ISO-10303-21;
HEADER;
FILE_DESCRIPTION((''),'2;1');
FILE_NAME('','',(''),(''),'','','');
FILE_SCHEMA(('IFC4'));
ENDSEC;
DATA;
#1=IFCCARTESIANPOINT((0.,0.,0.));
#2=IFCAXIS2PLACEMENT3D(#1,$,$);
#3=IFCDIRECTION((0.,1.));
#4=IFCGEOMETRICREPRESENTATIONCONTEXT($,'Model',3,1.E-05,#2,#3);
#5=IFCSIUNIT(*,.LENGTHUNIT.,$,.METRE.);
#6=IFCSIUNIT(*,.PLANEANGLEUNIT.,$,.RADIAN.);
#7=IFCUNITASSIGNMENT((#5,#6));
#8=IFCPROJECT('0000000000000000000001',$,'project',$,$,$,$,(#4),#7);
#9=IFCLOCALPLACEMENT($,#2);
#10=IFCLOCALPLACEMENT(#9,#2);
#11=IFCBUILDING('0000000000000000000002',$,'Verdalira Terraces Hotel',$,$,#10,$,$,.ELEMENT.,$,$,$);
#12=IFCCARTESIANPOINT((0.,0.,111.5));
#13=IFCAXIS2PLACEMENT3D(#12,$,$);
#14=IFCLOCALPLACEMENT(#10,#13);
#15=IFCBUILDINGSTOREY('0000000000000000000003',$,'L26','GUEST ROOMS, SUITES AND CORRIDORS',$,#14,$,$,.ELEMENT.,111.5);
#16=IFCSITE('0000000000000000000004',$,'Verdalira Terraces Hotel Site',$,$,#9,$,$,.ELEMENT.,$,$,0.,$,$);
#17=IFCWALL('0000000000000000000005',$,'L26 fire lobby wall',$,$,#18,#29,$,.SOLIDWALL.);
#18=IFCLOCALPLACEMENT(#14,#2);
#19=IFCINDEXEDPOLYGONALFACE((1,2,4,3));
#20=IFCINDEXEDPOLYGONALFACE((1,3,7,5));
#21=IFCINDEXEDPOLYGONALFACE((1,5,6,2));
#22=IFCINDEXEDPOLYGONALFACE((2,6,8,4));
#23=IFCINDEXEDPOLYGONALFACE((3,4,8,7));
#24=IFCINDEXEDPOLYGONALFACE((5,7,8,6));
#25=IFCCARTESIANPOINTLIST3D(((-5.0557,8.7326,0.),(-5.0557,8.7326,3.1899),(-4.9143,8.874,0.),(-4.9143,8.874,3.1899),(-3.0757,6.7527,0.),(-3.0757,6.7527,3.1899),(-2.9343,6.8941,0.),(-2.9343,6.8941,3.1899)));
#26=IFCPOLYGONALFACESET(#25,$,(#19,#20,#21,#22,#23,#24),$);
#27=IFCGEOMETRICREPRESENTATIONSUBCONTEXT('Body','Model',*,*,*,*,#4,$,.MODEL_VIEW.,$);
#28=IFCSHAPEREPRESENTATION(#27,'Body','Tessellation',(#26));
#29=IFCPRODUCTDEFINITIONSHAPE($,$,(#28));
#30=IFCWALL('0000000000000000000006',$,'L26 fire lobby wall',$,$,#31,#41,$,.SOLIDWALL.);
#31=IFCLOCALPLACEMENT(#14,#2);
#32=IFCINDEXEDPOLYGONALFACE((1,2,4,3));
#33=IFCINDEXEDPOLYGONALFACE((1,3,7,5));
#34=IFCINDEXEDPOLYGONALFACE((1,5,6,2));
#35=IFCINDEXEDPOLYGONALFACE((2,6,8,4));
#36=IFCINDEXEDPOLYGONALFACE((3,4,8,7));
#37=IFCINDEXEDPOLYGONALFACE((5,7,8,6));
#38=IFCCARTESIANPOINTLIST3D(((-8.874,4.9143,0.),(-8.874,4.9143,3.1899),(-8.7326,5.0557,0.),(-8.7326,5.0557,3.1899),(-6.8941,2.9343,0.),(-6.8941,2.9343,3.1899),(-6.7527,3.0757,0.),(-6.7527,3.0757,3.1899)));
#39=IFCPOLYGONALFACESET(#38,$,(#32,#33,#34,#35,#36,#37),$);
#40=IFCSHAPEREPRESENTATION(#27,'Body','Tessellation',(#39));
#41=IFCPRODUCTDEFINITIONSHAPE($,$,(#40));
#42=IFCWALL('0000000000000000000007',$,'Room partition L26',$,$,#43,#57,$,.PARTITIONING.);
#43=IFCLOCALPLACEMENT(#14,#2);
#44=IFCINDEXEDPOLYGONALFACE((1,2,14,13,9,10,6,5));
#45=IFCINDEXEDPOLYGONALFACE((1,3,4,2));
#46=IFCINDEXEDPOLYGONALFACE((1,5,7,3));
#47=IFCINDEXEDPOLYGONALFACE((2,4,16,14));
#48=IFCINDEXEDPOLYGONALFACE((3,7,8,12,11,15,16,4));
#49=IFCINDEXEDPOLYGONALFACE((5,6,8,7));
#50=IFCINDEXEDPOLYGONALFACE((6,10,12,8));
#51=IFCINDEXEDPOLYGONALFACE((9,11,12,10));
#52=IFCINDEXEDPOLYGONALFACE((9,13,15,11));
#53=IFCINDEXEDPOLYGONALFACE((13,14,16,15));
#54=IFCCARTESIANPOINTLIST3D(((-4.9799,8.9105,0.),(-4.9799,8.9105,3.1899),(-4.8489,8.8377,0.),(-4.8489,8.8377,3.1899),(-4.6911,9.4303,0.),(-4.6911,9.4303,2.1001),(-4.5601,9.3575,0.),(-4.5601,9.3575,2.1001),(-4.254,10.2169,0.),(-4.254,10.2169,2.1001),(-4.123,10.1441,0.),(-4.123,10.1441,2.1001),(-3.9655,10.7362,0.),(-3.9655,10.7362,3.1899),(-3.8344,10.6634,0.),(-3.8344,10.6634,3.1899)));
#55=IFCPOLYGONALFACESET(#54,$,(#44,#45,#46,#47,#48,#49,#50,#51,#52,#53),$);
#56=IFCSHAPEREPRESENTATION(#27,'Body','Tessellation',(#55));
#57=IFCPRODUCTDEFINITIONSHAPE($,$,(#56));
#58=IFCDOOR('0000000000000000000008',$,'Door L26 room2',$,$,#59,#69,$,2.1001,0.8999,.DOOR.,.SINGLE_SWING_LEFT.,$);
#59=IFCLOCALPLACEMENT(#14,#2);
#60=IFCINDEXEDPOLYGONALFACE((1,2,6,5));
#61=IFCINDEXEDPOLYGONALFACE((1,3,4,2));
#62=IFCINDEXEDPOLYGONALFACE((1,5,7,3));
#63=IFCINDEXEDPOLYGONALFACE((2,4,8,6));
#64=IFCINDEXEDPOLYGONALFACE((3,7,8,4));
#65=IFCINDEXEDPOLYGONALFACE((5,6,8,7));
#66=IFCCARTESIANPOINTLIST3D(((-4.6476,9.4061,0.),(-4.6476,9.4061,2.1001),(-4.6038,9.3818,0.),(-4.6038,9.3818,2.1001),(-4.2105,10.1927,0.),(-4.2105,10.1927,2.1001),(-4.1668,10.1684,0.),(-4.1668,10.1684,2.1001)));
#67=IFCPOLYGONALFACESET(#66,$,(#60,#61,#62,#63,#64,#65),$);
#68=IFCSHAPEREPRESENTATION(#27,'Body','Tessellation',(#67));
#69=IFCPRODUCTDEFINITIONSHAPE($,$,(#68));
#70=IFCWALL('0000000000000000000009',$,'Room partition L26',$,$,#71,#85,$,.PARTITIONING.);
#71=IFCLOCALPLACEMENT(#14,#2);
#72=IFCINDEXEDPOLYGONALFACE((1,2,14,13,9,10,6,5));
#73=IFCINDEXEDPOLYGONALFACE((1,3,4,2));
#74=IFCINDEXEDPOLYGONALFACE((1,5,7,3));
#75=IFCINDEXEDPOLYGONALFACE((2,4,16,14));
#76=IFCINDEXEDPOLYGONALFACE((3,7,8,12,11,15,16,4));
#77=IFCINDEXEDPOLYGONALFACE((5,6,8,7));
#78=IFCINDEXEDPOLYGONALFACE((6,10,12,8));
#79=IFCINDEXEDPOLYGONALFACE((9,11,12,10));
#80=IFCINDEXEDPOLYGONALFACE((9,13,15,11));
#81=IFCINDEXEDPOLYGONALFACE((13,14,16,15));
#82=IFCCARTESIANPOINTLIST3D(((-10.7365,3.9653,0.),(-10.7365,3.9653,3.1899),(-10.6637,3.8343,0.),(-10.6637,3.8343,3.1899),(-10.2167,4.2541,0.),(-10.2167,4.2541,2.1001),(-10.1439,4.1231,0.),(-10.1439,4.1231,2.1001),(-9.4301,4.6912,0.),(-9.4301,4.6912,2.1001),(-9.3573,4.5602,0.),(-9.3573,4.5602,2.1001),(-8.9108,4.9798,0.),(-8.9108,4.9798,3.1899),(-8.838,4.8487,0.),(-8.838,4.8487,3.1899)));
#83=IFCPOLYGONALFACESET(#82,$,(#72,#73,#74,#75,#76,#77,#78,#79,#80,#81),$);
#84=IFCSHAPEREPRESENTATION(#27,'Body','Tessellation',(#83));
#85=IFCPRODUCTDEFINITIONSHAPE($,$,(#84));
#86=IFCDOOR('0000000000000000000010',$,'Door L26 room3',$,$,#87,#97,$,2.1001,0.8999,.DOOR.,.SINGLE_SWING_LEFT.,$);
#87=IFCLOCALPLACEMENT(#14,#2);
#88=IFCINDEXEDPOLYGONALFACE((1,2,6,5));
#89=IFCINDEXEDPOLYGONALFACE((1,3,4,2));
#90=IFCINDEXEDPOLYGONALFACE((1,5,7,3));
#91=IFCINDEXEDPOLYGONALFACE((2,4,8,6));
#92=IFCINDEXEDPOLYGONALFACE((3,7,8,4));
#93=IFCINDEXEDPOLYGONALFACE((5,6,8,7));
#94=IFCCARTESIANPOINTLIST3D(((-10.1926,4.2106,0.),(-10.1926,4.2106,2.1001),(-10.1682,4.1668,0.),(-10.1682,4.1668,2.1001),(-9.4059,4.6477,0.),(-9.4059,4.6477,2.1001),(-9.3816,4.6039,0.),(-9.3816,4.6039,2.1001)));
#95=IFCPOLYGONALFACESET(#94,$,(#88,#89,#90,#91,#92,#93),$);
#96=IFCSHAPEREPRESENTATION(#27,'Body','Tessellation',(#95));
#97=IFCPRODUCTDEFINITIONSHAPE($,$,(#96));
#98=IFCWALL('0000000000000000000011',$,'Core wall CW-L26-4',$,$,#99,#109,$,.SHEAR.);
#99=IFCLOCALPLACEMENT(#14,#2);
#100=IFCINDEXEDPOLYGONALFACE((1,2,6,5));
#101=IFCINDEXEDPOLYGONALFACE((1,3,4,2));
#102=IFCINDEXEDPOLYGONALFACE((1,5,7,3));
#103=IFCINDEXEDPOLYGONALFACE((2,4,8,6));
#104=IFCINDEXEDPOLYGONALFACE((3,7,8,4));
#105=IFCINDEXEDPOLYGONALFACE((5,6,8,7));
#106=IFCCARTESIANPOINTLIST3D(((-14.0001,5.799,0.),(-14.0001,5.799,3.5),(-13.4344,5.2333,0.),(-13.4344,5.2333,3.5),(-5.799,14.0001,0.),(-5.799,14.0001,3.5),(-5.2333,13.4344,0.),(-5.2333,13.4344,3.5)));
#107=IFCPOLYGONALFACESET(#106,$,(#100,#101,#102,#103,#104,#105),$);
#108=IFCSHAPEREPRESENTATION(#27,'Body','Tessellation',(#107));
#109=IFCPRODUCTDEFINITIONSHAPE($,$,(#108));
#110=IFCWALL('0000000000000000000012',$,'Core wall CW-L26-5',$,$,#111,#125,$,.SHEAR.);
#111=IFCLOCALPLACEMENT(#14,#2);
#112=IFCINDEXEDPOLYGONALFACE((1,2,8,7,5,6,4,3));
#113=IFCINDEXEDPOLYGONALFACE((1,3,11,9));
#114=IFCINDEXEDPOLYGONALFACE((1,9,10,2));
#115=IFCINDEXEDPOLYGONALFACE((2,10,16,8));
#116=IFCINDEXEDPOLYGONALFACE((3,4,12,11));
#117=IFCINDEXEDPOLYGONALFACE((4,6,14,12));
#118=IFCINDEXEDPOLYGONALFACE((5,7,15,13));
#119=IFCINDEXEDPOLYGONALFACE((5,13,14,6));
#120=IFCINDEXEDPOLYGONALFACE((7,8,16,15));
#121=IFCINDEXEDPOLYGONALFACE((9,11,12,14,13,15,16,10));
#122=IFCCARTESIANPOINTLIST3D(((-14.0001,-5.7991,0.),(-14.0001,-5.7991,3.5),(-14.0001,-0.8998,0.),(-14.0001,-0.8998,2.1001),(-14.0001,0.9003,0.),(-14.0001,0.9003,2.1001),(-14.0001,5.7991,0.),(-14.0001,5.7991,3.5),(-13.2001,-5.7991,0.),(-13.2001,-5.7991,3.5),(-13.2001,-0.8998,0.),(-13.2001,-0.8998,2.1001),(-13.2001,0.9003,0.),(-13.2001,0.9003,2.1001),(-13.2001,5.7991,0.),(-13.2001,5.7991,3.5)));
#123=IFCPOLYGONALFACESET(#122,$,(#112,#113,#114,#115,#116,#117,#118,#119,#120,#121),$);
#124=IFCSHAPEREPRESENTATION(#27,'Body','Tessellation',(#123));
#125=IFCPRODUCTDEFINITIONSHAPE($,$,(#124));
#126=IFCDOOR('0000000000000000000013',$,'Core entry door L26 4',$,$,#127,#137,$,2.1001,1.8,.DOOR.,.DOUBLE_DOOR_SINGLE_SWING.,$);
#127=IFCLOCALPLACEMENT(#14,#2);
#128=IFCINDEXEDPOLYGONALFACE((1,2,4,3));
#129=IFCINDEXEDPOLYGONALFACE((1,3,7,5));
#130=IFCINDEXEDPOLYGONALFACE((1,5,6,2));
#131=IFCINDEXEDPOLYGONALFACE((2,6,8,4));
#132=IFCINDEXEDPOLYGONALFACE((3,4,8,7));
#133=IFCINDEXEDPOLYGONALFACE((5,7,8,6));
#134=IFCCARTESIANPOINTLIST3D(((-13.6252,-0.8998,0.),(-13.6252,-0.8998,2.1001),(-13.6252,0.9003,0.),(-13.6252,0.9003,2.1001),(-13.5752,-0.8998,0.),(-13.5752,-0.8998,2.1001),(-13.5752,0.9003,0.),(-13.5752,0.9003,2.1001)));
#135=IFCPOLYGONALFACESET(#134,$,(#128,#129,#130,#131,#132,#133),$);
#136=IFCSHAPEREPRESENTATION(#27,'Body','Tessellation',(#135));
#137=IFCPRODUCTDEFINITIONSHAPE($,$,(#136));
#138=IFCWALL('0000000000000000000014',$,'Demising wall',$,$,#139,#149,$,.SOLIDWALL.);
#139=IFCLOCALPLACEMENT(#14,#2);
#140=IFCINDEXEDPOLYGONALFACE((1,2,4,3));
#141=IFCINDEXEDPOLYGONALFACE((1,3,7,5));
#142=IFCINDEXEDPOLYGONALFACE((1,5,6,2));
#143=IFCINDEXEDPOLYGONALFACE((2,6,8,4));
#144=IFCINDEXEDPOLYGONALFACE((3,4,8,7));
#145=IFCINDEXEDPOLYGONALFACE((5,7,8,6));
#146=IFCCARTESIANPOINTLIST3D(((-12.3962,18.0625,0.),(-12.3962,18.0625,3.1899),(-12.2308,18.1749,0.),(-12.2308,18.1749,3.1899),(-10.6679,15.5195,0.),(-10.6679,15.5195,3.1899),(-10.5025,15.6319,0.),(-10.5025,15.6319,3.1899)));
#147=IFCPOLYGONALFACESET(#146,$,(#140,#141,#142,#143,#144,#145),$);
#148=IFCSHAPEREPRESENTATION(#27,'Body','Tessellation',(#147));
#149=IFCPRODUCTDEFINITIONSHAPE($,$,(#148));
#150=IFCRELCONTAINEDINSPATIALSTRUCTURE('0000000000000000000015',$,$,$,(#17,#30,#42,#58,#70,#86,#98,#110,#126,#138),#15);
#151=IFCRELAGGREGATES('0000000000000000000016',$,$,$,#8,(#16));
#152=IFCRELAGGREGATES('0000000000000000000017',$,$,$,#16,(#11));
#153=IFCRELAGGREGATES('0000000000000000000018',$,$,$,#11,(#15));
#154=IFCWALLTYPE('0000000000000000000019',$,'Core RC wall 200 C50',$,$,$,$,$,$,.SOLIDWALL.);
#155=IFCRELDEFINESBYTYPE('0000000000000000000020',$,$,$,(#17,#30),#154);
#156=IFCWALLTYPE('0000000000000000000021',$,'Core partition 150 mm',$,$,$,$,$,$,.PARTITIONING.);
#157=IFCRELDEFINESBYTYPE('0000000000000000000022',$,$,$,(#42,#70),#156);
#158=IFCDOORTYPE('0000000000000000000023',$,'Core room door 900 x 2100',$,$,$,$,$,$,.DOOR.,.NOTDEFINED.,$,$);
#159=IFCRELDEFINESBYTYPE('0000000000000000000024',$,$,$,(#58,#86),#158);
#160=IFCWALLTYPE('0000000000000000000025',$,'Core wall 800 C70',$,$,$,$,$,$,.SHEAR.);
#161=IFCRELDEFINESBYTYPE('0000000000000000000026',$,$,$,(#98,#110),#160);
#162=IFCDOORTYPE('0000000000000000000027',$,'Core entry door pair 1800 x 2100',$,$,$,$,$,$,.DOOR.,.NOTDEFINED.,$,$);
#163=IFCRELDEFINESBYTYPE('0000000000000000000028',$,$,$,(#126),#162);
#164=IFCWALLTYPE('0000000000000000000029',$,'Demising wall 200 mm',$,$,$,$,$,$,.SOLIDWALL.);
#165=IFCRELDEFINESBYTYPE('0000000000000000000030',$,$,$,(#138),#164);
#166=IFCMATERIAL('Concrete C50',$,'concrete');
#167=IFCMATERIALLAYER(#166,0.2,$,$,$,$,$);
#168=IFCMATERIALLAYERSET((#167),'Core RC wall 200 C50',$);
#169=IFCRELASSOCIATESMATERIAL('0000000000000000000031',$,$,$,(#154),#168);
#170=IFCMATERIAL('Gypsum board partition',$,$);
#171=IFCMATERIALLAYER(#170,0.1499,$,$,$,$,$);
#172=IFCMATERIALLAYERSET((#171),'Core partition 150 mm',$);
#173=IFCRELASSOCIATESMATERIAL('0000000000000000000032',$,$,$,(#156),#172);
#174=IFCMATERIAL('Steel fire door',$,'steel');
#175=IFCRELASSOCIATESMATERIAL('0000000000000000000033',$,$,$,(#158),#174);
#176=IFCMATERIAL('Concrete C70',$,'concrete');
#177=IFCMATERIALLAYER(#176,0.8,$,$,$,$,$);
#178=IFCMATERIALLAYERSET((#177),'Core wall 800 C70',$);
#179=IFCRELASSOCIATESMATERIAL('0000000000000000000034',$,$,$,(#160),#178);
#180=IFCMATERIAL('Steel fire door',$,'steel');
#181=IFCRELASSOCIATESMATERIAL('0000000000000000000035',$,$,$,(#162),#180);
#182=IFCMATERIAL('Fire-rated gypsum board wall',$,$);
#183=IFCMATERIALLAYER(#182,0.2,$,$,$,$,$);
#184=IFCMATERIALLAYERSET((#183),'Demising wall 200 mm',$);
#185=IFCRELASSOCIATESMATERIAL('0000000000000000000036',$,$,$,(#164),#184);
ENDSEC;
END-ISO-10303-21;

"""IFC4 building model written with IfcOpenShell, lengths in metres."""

from ifc_helpers import new_model, si_unit, direction, frame, frame_2d, origin, place, context, subcontext, project, spatial, rectangle, extrude, material, layer, layer_set, type_object, element, fill, save


model = new_model("IFC4")

# Units and contexts
model_context = context("Model", 3, precision=1e-05, world=origin(), true_north=direction((0.0, 1.0)))
body_context = subcontext(model_context, "Body", "Model", "MODEL_VIEW")
ifc_project = project(units=[si_unit("LENGTHUNIT", "METRE"), si_unit("PLANEANGLEUNIT", "RADIAN")], contexts=[model_context])

# Site, building, storey
site_placement = place(None, origin())
site = spatial("IfcSite", under=ifc_project, at=site_placement, Name="Verdalira Terraces Hotel Site", CompositionType="ELEMENT", RefElevation=0.0)
building_placement = place(site_placement, origin())
building = spatial("IfcBuilding", under=site, at=building_placement, Name="Verdalira Terraces Hotel", CompositionType="ELEMENT")
storey_placement = place(building_placement, frame((0.0, 0.0, 111.5)))
storey = spatial("IfcBuildingStorey", under=building, at=storey_placement, Name="L26", Description="GUEST ROOMS, SUITES AND CORRIDORS", CompositionType="ELEMENT", Elevation=111.5)

# Shared definitions
ifc_material_1 = material(Name="Concrete C50", Category="concrete")
ifc_layer_1 = layer(ifc_material_1, 0.2)
ifc_layer_set_1 = layer_set([ifc_layer_1], Name="Core RC wall 200 C50")
wall_type_1 = type_object("IfcWallType", Name="Core RC wall 200 C50", PredefinedType="SOLIDWALL", material=ifc_layer_set_1)

# Walls
for number, where, z_axis, x_axis, name in (
    (1, (-3.0051, 6.8235, 0.0), (0.0, 0.0, 1.0), (-0.707107, 0.707107, 0.0), "L26 fire lobby wall"),
    (2, (-6.8235, 3.0051, 0.0), (0.0, 0.0, 1.0), (-0.707107, 0.707107, 0.0), "L26 fire lobby wall"),
):
    element("IfcWall", number, at=place(storey_placement, frame(where, z_axis=z_axis, x_axis=x_axis)), inside=storey, type_object=wall_type_1, Name=name, PredefinedType="SOLIDWALL", context=body_context, shape_type="SweptSolid", body=[
        extrude(rectangle(XDim=2.8, YDim=0.2, at=frame_2d((1.3999, 0.0))), origin(), (0.0, 0.0, 1.0), 3.1899),
    ])

# Walls, openings, doors
ifc_material_2 = material(Name="Gypsum board partition")
ifc_layer_2 = layer(ifc_material_2, 0.1499)
ifc_layer_set_2 = layer_set([ifc_layer_2], Name="Core partition 150 mm")
wall_type_2 = type_object("IfcWallType", Name="Core partition 150 mm", PredefinedType="PARTITIONING", material=ifc_layer_set_2)
wall_1_placement = place(storey_placement, frame((-3.8999, 10.7, 0.0), z_axis=(0.0, 0.0, 1.0), x_axis=(-0.485693, -0.87413, 0.0)))
wall_1 = element("IfcWall", 3, at=wall_1_placement, inside=storey, type_object=wall_type_2, Name="Room partition L26", PredefinedType="PARTITIONING", context=body_context, shape_type="SweptSolid", body=[
    extrude(rectangle(XDim=2.0886, YDim=0.1499, at=frame_2d((1.0444, 0.0))), origin(), (0.0, 0.0, 1.0), 3.1899),
])
opening_1_placement = place(wall_1_placement, frame((0.5942, 0.0, 0.0)))
opening_1 = element("IfcOpeningElement", 4, at=opening_1_placement, cuts=wall_1, PredefinedType="OPENING", context=body_context, shape_type="SweptSolid", body=[
    extrude(rectangle(XDim=0.8999, YDim=2.1001, at=frame_2d((0.45, 1.05))), frame((0.0, 0.085, 0.0), z_axis=(0.0, -1.0, 0.0), x_axis=(1.0, 0.0, 0.0)), (0.0, 0.0, 1.0), 0.1699),
])
ifc_material_3 = material(Name="Steel fire door", Category="steel")
door_type_1 = type_object("IfcDoorType", Name="Core room door 900 x 2100", OperationType="NOTDEFINED", PredefinedType="DOOR", material=ifc_material_3)
door_1_placement = place(opening_1_placement, origin())
door_1 = element("IfcDoor", 5, at=door_1_placement, inside=storey, type_object=door_type_1, Name="Door L26 room2", OperationType="SINGLE_SWING_LEFT", OverallHeight=2.1001, OverallWidth=0.8999, PredefinedType="DOOR", context=body_context, shape_type="SweptSolid", body=[
    extrude(rectangle(XDim=0.8999, YDim=2.1001, at=frame_2d((0.45, 1.05))), frame((0.0, 0.0249, 0.0), z_axis=(0.0, -1.0, 0.0), x_axis=(1.0, 0.0, 0.0)), (0.0, 0.0, 1.0), 0.05),
])
fill(opening_1, door_1)
wall_2_placement = place(storey_placement, frame((-8.8743, 4.9143, 0.0), z_axis=(0.0, 0.0, 1.0), x_axis=(-0.87413, -0.485693, 0.0)))
wall_2 = element("IfcWall", 6, at=wall_2_placement, inside=storey, type_object=wall_type_2, Name="Room partition L26", PredefinedType="PARTITIONING", context=body_context, shape_type="SweptSolid", body=[
    extrude(rectangle(XDim=2.0886, YDim=0.1499, at=frame_2d((1.0444, 0.0))), origin(), (0.0, 0.0, 1.0), 3.1899),
])
opening_2_placement = place(wall_2_placement, frame((0.5942, 0.0, 0.0)))
opening_2 = element("IfcOpeningElement", 7, at=opening_2_placement, cuts=wall_2, PredefinedType="OPENING", context=body_context, shape_type="SweptSolid", body=[
    extrude(rectangle(XDim=0.8999, YDim=2.1001, at=frame_2d((0.45, 1.05))), frame((0.0, 0.085, 0.0), z_axis=(0.0, -1.0, 0.0), x_axis=(1.0, 0.0, 0.0)), (0.0, 0.0, 1.0), 0.1699),
])
door_2_placement = place(opening_2_placement, origin())
door_2 = element("IfcDoor", 8, at=door_2_placement, inside=storey, type_object=door_type_1, Name="Door L26 room3", OperationType="SINGLE_SWING_LEFT", OverallHeight=2.1001, OverallWidth=0.8999, PredefinedType="DOOR", context=body_context, shape_type="SweptSolid", body=[
    extrude(rectangle(XDim=0.8999, YDim=2.1001, at=frame_2d((0.45, 1.05))), frame((0.0, 0.0249, 0.0), z_axis=(0.0, -1.0, 0.0), x_axis=(1.0, 0.0, 0.0)), (0.0, 0.0, 1.0), 0.05),
])
fill(opening_2, door_2)

# Wall
ifc_material_4 = material(Name="Concrete C70", Category="concrete")
ifc_layer_3 = layer(ifc_material_4, 0.8)
ifc_layer_set_3 = layer_set([ifc_layer_3], Name="Core wall 800 C70")
wall_type_3 = type_object("IfcWallType", Name="Core wall 800 C70", PredefinedType="SHEAR", material=ifc_layer_set_3)
wall_3_placement = place(storey_placement, frame((-5.5161, 13.7173, 0.0), z_axis=(0.0, 0.0, 1.0), x_axis=(-0.707107, -0.707107, 0.0)))
element("IfcWall", 9, at=wall_3_placement, inside=storey, type_object=wall_type_3, Name="Core wall CW-L26-4", PredefinedType="SHEAR", context=body_context, shape_type="SweptSolid", body=[
    extrude(rectangle(XDim=11.5981, YDim=0.8, at=frame_2d((5.7991, 0.0))), origin(), (0.0, 0.0, 1.0), 3.5),
])

# Wall, opening, door
wall_4_placement = place(storey_placement, frame((-13.6001, 5.7991, 0.0), z_axis=(0.0, 0.0, 1.0), x_axis=(0.0, -1.0, 0.0)))
wall_4 = element("IfcWall", 10, at=wall_4_placement, inside=storey, type_object=wall_type_3, Name="Core wall CW-L26-5", PredefinedType="SHEAR", context=body_context, shape_type="SweptSolid", body=[
    extrude(rectangle(XDim=11.5981, YDim=0.8, at=frame_2d((5.7991, 0.0))), origin(), (0.0, 0.0, 1.0), 3.5),
])
opening_3_placement = place(wall_4_placement, frame((4.8989, 0.0, 0.0)))
opening_3 = element("IfcOpeningElement", 11, at=opening_3_placement, cuts=wall_4, PredefinedType="OPENING", context=body_context, shape_type="SweptSolid", body=[
    extrude(rectangle(XDim=1.8, YDim=2.1001, at=frame_2d((0.8999, 1.05))), frame((0.0, 0.4099, 0.0), z_axis=(0.0, -1.0, 0.0), x_axis=(1.0, 0.0, 0.0)), (0.0, 0.0, 1.0), 0.8201),
])
ifc_material_5 = material(Name="Steel fire door", Category="steel")
door_type_2 = type_object("IfcDoorType", Name="Core entry door pair 1800 x 2100", OperationType="NOTDEFINED", PredefinedType="DOOR", material=ifc_material_5)
door_3_placement = place(opening_3_placement, origin())
door_3 = element("IfcDoor", 12, at=door_3_placement, inside=storey, type_object=door_type_2, Name="Core entry door L26 4", OperationType="DOUBLE_DOOR_SINGLE_SWING", OverallHeight=2.1001, OverallWidth=1.8, PredefinedType="DOOR", context=body_context, shape_type="SweptSolid", body=[
    extrude(rectangle(XDim=1.8, YDim=2.1001, at=frame_2d((0.8999, 1.05))), frame((0.0, 0.0249, 0.0), z_axis=(0.0, -1.0, 0.0), x_axis=(1.0, 0.0, 0.0)), (0.0, 0.0, 1.0), 0.05),
])
fill(opening_3, door_3)

# Wall
ifc_material_6 = material(Name="Fire-rated gypsum board wall")
ifc_layer_4 = layer(ifc_material_6, 0.2)
ifc_layer_set_4 = layer_set([ifc_layer_4], Name="Demising wall 200 mm")
wall_type_4 = type_object("IfcWallType", Name="Demising wall 200 mm", PredefinedType="SOLIDWALL", material=ifc_layer_set_4)
wall_5_placement = place(storey_placement, frame((-10.5852, 15.5757, 0.0), z_axis=(0.0, 0.0, 1.0), x_axis=(-0.562099, 0.82707, 0.0)))
element("IfcWall", 13, at=wall_5_placement, inside=storey, type_object=wall_type_4, Name="Demising wall", PredefinedType="SOLIDWALL", context=body_context, shape_type="SweptSolid", body=[
    extrude(rectangle(XDim=3.0747, YDim=0.2, at=frame_2d((1.5374, 0.0))), origin(), (0.0, 0.0, 1.0), 3.1899),
])

save(model, "model.ifc")
